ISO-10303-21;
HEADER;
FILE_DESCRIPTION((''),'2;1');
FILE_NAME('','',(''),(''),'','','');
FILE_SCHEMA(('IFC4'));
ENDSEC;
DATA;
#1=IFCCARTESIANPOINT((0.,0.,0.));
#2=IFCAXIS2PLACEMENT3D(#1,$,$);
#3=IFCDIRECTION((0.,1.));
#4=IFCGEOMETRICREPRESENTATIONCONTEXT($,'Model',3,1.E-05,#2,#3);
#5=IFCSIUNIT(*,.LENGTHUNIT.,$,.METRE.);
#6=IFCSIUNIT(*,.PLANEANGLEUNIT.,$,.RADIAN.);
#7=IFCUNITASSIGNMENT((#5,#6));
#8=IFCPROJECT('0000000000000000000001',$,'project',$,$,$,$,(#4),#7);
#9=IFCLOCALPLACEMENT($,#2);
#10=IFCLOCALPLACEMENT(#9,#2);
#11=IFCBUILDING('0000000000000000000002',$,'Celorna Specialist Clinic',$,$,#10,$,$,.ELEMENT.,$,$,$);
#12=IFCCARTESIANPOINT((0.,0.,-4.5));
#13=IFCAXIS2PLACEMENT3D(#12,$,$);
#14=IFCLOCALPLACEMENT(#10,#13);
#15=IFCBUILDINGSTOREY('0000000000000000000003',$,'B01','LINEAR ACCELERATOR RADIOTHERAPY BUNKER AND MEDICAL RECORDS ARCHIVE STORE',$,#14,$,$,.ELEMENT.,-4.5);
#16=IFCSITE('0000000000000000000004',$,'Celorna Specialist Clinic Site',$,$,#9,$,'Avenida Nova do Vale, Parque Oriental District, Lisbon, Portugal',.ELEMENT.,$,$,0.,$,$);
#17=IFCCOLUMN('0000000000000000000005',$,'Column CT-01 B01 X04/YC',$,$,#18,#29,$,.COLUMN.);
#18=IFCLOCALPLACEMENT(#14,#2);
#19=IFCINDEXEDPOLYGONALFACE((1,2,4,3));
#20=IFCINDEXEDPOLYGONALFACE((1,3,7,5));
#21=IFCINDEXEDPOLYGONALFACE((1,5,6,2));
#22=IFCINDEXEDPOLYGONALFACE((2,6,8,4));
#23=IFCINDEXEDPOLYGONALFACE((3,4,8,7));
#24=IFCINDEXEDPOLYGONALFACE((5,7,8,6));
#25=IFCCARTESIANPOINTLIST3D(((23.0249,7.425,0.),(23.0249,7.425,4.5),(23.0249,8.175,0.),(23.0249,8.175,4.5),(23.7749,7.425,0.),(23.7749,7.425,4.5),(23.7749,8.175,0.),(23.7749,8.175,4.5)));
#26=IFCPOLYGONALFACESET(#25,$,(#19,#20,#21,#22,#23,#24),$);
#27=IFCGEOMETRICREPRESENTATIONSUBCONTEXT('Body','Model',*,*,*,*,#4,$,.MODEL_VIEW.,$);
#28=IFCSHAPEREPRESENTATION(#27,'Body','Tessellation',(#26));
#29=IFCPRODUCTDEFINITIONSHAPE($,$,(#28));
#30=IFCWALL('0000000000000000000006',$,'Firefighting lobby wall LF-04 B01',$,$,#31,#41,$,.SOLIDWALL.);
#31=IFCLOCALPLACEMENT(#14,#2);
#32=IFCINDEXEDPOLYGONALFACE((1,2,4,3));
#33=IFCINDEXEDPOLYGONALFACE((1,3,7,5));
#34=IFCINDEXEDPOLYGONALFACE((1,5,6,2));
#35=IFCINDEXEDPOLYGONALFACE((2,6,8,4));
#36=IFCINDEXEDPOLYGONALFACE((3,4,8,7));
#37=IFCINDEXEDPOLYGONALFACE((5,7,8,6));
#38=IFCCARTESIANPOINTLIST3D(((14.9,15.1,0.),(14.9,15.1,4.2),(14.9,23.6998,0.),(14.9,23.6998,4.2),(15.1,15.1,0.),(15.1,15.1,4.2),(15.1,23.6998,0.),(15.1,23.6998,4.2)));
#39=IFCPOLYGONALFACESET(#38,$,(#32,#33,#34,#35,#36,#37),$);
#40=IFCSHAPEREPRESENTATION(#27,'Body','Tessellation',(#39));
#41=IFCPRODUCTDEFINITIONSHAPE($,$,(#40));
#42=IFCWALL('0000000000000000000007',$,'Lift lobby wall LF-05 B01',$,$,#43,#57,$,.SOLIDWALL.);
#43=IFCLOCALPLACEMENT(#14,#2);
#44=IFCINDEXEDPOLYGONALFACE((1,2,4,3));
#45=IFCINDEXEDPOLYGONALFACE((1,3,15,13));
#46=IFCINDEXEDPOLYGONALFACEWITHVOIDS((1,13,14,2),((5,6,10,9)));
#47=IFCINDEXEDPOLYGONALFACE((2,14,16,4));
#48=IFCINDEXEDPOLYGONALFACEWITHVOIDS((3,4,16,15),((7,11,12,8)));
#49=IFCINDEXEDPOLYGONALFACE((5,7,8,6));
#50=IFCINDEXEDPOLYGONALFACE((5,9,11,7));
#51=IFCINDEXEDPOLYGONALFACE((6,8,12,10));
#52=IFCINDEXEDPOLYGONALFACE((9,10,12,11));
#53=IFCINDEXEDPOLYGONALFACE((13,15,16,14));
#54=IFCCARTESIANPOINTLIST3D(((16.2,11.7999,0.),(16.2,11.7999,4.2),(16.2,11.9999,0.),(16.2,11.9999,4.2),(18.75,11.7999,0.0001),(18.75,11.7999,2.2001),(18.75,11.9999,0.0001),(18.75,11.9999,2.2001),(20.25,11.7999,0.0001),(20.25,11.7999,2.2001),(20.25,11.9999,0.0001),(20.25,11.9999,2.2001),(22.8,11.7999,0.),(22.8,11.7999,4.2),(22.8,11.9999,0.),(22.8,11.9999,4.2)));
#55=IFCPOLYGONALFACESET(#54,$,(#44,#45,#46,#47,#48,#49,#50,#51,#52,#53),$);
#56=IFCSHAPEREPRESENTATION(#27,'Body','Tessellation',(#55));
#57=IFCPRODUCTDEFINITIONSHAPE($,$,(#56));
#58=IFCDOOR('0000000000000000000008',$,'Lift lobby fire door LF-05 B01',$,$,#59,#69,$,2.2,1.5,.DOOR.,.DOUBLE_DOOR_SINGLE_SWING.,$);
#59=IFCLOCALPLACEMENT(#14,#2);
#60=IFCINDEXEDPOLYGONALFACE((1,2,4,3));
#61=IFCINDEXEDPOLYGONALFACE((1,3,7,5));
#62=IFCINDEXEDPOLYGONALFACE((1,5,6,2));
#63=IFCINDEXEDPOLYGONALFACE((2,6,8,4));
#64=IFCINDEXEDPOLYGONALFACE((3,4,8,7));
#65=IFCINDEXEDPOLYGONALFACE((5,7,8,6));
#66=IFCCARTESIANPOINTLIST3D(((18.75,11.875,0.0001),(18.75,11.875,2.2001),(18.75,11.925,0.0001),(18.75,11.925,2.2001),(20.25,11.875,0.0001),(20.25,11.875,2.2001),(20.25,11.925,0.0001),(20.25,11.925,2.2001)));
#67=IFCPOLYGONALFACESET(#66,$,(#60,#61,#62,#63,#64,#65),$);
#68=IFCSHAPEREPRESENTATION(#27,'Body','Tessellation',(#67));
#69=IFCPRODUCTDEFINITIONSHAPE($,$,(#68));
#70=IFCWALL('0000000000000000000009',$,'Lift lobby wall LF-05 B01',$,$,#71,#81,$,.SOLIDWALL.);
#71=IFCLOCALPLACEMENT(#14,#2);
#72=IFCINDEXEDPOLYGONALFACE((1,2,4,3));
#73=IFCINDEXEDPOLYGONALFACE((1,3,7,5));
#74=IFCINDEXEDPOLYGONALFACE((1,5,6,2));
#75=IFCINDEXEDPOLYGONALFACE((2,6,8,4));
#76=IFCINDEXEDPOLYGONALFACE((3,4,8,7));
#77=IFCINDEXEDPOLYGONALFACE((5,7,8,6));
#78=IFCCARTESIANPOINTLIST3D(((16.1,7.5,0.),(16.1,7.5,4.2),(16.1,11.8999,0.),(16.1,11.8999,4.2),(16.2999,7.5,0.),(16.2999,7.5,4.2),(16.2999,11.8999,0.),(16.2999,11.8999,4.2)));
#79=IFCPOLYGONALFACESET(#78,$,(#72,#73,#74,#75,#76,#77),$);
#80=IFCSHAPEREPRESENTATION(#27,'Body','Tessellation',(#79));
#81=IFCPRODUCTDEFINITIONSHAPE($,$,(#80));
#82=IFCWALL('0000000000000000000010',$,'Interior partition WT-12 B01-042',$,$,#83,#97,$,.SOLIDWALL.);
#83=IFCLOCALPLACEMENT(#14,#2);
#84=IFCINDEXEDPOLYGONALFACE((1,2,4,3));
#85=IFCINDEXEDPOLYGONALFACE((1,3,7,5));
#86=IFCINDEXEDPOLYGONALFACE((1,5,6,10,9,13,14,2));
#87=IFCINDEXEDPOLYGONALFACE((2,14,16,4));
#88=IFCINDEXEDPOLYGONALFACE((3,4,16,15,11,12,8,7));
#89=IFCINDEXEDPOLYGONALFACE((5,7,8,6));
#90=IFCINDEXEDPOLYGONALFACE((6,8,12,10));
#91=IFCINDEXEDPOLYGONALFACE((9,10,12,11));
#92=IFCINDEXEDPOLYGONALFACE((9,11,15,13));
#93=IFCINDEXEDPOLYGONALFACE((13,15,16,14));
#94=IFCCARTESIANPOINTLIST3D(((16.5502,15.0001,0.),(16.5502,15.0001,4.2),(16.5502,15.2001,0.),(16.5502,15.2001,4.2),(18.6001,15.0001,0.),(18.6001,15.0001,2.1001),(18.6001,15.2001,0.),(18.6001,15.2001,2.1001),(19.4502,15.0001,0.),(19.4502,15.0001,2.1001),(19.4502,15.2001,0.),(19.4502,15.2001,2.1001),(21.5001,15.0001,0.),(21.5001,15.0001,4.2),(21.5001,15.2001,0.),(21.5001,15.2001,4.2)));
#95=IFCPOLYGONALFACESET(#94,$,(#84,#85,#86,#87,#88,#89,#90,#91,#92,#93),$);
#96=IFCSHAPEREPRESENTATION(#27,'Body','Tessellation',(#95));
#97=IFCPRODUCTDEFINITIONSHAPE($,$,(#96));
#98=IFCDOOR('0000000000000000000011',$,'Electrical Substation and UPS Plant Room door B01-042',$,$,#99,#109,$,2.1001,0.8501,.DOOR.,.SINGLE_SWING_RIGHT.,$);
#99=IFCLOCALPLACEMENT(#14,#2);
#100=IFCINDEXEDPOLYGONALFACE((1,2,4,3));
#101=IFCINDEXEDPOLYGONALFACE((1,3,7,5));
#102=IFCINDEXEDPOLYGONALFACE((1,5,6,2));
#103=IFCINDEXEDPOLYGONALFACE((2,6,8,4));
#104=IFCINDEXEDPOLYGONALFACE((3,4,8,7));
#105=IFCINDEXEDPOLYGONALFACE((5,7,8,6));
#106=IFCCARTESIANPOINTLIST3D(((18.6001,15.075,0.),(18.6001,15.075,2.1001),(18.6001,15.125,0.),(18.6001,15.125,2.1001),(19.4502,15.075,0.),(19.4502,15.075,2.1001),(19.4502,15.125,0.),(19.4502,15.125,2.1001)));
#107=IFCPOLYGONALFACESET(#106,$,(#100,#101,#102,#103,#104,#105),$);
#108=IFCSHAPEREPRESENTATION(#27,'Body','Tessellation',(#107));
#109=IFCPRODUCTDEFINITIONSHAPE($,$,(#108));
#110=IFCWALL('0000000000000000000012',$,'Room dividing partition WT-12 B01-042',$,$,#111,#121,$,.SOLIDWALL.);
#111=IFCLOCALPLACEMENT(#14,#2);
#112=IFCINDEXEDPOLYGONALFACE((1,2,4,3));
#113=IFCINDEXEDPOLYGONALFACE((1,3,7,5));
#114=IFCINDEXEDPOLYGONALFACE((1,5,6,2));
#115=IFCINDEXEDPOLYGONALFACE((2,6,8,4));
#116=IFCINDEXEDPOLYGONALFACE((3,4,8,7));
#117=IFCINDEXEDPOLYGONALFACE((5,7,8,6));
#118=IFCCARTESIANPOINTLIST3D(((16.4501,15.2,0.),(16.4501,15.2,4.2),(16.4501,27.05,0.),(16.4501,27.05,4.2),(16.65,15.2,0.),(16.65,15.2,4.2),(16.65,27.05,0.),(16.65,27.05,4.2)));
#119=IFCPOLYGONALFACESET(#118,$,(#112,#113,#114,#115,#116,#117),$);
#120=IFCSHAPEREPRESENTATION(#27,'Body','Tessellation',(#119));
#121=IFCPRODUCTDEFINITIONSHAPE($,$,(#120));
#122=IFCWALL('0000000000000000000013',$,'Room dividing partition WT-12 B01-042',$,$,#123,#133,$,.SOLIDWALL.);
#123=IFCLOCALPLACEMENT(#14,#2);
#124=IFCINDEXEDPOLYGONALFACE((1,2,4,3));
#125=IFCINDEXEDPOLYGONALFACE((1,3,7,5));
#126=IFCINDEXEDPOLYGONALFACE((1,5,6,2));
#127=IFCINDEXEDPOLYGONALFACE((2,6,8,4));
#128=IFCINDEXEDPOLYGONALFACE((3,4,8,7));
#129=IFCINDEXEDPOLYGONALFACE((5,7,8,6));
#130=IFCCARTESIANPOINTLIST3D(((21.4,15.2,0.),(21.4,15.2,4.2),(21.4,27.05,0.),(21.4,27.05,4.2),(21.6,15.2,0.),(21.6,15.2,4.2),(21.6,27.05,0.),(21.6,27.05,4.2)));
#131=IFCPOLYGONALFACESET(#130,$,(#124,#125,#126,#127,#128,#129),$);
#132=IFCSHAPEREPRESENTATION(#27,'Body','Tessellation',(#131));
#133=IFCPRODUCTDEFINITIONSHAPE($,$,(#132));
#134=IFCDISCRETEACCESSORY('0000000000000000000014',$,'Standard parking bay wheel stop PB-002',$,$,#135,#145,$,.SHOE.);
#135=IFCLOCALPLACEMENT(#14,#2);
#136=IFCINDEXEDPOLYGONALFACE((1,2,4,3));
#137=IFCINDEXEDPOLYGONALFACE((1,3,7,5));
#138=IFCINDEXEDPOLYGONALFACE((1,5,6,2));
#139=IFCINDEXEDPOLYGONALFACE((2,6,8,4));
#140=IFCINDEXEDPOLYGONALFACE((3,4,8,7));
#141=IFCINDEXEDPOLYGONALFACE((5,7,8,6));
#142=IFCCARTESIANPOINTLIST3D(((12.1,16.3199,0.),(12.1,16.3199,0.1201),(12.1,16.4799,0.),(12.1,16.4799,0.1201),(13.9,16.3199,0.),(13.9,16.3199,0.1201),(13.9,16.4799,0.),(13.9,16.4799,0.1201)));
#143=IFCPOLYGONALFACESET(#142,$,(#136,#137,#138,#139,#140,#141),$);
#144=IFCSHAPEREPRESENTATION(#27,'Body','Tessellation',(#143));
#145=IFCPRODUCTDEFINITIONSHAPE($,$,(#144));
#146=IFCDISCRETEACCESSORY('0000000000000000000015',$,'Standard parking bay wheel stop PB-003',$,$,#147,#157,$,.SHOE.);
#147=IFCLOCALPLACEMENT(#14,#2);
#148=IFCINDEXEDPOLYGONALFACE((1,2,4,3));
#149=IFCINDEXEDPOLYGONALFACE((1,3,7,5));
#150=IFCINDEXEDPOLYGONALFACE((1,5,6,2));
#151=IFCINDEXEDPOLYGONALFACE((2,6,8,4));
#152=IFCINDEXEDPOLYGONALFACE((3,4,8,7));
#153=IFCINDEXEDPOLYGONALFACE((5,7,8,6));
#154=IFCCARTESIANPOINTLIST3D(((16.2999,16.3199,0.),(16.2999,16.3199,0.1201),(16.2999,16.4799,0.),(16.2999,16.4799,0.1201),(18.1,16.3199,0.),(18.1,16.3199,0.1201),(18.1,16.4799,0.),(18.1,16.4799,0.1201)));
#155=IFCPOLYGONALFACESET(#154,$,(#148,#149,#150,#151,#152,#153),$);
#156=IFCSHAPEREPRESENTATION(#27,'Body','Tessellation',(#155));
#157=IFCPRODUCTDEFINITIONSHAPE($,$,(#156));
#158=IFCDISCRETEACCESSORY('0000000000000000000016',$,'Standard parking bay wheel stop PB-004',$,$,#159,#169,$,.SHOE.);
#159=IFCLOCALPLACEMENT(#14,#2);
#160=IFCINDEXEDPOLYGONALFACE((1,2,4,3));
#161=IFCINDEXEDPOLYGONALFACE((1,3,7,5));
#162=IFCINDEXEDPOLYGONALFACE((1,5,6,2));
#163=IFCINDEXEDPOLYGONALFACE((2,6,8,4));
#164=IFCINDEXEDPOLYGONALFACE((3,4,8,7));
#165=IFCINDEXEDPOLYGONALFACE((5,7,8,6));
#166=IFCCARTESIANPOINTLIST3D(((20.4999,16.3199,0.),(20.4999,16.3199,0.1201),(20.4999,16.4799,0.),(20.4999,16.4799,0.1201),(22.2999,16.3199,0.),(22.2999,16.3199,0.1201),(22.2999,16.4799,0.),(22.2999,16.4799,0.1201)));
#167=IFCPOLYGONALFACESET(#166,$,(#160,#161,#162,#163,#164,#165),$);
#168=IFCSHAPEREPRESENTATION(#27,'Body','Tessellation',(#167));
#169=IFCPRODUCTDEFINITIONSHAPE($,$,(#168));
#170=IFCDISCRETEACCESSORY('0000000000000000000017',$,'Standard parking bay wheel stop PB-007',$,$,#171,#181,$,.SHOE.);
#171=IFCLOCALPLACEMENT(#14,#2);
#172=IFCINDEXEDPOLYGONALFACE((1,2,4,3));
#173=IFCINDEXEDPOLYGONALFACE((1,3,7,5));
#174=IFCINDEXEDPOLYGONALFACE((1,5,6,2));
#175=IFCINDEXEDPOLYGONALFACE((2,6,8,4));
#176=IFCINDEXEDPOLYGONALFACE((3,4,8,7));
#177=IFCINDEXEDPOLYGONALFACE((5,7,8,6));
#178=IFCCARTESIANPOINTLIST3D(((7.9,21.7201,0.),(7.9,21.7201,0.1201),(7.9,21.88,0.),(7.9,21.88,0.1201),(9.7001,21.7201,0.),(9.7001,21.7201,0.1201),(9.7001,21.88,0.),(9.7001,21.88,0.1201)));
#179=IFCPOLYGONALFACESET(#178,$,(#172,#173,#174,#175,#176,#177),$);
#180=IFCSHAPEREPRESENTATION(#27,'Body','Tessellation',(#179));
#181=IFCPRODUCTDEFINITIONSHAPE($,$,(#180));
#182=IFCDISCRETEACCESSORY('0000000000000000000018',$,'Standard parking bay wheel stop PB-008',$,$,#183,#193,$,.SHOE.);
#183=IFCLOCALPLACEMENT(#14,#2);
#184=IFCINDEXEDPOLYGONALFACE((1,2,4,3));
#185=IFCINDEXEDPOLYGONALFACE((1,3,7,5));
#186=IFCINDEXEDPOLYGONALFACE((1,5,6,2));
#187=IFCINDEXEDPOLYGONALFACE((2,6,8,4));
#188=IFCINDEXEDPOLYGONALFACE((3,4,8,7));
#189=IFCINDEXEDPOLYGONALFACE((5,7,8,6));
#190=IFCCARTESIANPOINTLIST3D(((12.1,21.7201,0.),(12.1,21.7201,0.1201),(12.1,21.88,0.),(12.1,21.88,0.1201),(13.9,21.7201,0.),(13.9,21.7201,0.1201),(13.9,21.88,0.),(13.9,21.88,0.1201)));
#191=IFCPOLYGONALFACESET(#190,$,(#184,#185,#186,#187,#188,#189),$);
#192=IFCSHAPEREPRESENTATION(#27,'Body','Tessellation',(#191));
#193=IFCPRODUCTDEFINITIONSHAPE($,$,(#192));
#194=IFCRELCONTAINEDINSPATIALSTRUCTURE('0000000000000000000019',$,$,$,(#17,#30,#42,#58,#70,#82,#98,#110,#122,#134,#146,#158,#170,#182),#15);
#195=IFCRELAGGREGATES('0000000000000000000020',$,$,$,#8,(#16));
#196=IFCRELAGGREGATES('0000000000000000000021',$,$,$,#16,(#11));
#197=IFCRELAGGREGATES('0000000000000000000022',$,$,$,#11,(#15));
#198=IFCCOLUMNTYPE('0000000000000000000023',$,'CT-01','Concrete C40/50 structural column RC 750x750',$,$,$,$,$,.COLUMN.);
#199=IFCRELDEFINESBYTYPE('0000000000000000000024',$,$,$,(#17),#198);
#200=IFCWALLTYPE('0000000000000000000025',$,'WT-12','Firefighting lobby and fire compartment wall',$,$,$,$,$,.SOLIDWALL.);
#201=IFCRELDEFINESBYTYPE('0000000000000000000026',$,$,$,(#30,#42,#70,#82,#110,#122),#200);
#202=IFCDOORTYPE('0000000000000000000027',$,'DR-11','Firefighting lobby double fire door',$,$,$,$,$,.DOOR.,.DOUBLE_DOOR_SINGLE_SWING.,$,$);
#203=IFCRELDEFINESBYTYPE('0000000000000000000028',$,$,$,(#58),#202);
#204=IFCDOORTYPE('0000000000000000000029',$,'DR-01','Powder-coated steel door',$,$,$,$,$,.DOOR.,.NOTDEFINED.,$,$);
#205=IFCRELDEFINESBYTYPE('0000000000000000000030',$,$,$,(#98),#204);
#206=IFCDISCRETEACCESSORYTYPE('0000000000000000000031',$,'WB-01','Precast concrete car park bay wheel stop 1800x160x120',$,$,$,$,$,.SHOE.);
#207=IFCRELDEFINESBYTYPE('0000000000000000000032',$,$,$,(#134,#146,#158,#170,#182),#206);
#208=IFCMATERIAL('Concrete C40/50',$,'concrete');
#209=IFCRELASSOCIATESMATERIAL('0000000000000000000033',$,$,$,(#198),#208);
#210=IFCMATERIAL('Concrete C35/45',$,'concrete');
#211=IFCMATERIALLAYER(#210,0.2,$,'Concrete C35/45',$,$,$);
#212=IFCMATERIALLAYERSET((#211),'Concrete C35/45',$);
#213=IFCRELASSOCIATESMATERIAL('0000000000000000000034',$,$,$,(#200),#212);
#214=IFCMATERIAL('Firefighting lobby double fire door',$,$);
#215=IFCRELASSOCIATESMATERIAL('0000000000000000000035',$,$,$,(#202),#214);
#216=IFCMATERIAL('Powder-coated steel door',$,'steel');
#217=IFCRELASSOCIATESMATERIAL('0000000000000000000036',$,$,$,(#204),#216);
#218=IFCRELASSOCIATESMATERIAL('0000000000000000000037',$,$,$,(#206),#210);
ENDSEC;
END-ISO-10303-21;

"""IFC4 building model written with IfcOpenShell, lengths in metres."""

from ifc_helpers import new_model, si_unit, direction, frame, frame_2d, origin, origin_2d, place, context, subcontext, project, spatial, rectangle, extrude, material, layer, layer_set, material_profile, profile_set, type_object, element, fill, save


model = new_model("IFC4")

# Units and contexts
model_context = context("Model", 3, precision=1e-05, world=origin(), true_north=direction((0.0, 1.0)))
body_context = subcontext(model_context, "Body", "Model", "MODEL_VIEW")
ifc_project = project(units=[si_unit("LENGTHUNIT", "METRE"), si_unit("PLANEANGLEUNIT", "RADIAN")], contexts=[model_context])

# Site, building, storey
site_placement = place(None, origin())
site = spatial("IfcSite", under=ifc_project, at=site_placement, Name="Celorna Specialist Clinic Site", LongName="Avenida Nova do Vale, Parque Oriental District, Lisbon, Portugal", CompositionType="ELEMENT", RefElevation=0.0)
building_placement = place(site_placement, origin())
building = spatial("IfcBuilding", under=site, at=building_placement, Name="Celorna Specialist Clinic", CompositionType="ELEMENT")
storey_placement = place(building_placement, frame((0.0, 0.0, -4.5)))
storey = spatial("IfcBuildingStorey", under=building, at=storey_placement, Name="B01", Description="LINEAR ACCELERATOR RADIOTHERAPY BUNKER AND MEDICAL RECORDS ARCHIVE STORE", CompositionType="ELEMENT", Elevation=-4.5)

# Shared definitions
ifc_material_1 = material(Name="Concrete C35/45", Category="concrete")

# Column
ifc_material_2 = material(Name="Concrete C40/50", Category="concrete")
ifc_material_profile_1 = material_profile(ifc_material_2, rectangle(XDim=0.75, YDim=0.75, at=origin_2d()), Name="RC 750x750")
ifc_profile_set_1 = profile_set([ifc_material_profile_1], Name="Concrete C40/50")
column_type = type_object("IfcColumnType", Name="CT-01", Description="Concrete C40/50 structural column RC 750x750", PredefinedType="COLUMN", material=ifc_profile_set_1)
for number, where, z_axis, x_axis, name in (
    (1, (23.3999, 7.8, 0.0), (0.0, 0.0, 1.0), (1.0, 0.0, 0.0), "Column CT-01 B01 X04/YC"),
):
    element("IfcColumn", number, at=place(storey_placement, frame(where, z_axis=z_axis, x_axis=x_axis)), inside=storey, type_object=column_type, Name=name, PredefinedType="COLUMN", context=body_context, shape_type="SweptSolid", body=[
        extrude(rectangle(XDim=0.75, YDim=0.75, at=origin_2d()), origin(), (0.0, 0.0, 1.0), 4.5),
    ])

# Wall
ifc_layer = layer(ifc_material_1, 0.2, Name="Concrete C35/45")
ifc_layer_set = layer_set([ifc_layer], Name="Concrete C35/45")
wall_type = type_object("IfcWallType", Name="WT-12", Description="Firefighting lobby and fire compartment wall", PredefinedType="SOLIDWALL", material=ifc_layer_set)
wall_1_placement = place(storey_placement, frame((15.0, 15.1001, 0.0), z_axis=(0.0, 0.0, 1.0), x_axis=(0.0, 1.0, 0.0)))
element("IfcWall", 2, at=wall_1_placement, inside=storey, type_object=wall_type, Name="Firefighting lobby wall LF-04 B01", PredefinedType="SOLIDWALL", context=body_context, shape_type="SweptSolid", body=[
    extrude(rectangle(XDim=8.5999, YDim=0.2, at=frame_2d((4.2998, 0.0))), origin(), (0.0, 0.0, 1.0), 4.2),
])

# Wall, opening, door
wall_2_placement = place(storey_placement, frame((22.8, 11.8999, 0.0), z_axis=(0.0, 0.0, 1.0), x_axis=(-1.0, 0.0, 0.0)))
wall_2 = element("IfcWall", 3, at=wall_2_placement, inside=storey, type_object=wall_type, Name="Lift lobby wall LF-05 B01", PredefinedType="SOLIDWALL", context=body_context, shape_type="SweptSolid", body=[
    extrude(rectangle(XDim=6.6001, YDim=0.2, at=frame_2d((3.3, 0.0))), origin(), (0.0, 0.0, 1.0), 4.2),
])
opening_1_placement = place(wall_2_placement, frame((2.55, 0.0, 0.0)))
opening_1 = element("IfcOpeningElement", 4, at=opening_1_placement, cuts=wall_2, PredefinedType="OPENING", context=body_context, shape_type="SweptSolid", body=[
    extrude(rectangle(XDim=1.5, YDim=2.2, at=frame_2d((0.75, 1.1001))), frame((0.0, 0.1099, 0.0), z_axis=(0.0, -1.0, 0.0), x_axis=(1.0, 0.0, 0.0)), (0.0, 0.0, 1.0), 0.22),
])
ifc_material_3 = material(Name="Firefighting lobby double fire door")
door_type_1 = type_object("IfcDoorType", Name="DR-11", Description="Firefighting lobby double fire door", OperationType="DOUBLE_DOOR_SINGLE_SWING", PredefinedType="DOOR", material=ifc_material_3)
door_1_placement = place(opening_1_placement, origin())
door_1 = element("IfcDoor", 5, at=door_1_placement, inside=storey, type_object=door_type_1, Name="Lift lobby fire door LF-05 B01", OperationType="DOUBLE_DOOR_SINGLE_SWING", OverallHeight=2.2, OverallWidth=1.5, PredefinedType="DOOR", context=body_context, shape_type="SweptSolid", body=[
    extrude(rectangle(XDim=1.5, YDim=2.2, at=frame_2d((0.75, 1.1001))), frame((0.0, 0.0249, 0.0), z_axis=(0.0, -1.0, 0.0), x_axis=(1.0, 0.0, 0.0)), (0.0, 0.0, 1.0), 0.05),
])
fill(opening_1, door_1)

# Wall
wall_3_placement = place(storey_placement, frame((16.2, 11.8999, 0.0), z_axis=(0.0, 0.0, 1.0), x_axis=(0.0, -1.0, 0.0)))
element("IfcWall", 6, at=wall_3_placement, inside=storey, type_object=wall_type, Name="Lift lobby wall LF-05 B01", PredefinedType="SOLIDWALL", context=body_context, shape_type="SweptSolid", body=[
    extrude(rectangle(XDim=4.3999, YDim=0.2, at=frame_2d((2.2, 0.0))), origin(), (0.0, 0.0, 1.0), 4.2),
])

# Wall, opening, door
wall_4_placement = place(storey_placement, frame((16.55, 15.1001, 0.0), z_axis=(0.0, 0.0, 1.0), x_axis=(1.0, 0.0, 0.0)))
wall_4 = element("IfcWall", 7, at=wall_4_placement, inside=storey, type_object=wall_type, Name="Interior partition WT-12 B01-042", PredefinedType="SOLIDWALL", context=body_context, shape_type="SweptSolid", body=[
    extrude(rectangle(XDim=4.95, YDim=0.2, at=frame_2d((2.4751, 0.0))), origin(), (0.0, 0.0, 1.0), 4.2),
])
opening_2_placement = place(wall_4_placement, frame((2.05, 0.0, 0.0)))
opening_2 = element("IfcOpeningElement", 8, at=opening_2_placement, cuts=wall_4, PredefinedType="OPENING", context=body_context, shape_type="SweptSolid", body=[
    extrude(rectangle(XDim=0.8501, YDim=2.1001, at=frame_2d((0.425, 1.05))), frame((0.0, 0.1099, 0.0), z_axis=(0.0, -1.0, 0.0), x_axis=(1.0, 0.0, 0.0)), (0.0, 0.0, 1.0), 0.22),
])
ifc_material_4 = material(Name="Powder-coated steel door", Category="steel")
door_type_2 = type_object("IfcDoorType", Name="DR-01", Description="Powder-coated steel door", OperationType="NOTDEFINED", PredefinedType="DOOR", material=ifc_material_4)
door_2_placement = place(opening_2_placement, origin())
door_2 = element("IfcDoor", 9, at=door_2_placement, inside=storey, type_object=door_type_2, Name="Electrical Substation and UPS Plant Room door B01-042", OperationType="SINGLE_SWING_RIGHT", OverallHeight=2.1001, OverallWidth=0.8501, PredefinedType="DOOR", context=body_context, shape_type="SweptSolid", body=[
    extrude(rectangle(XDim=0.8501, YDim=2.1001, at=frame_2d((0.425, 1.05))), frame((0.0, 0.0249, 0.0), z_axis=(0.0, -1.0, 0.0), x_axis=(1.0, 0.0, 0.0)), (0.0, 0.0, 1.0), 0.05),
])
fill(opening_2, door_2)

# Walls
for number, where, z_axis, x_axis, name in (
    (10, (16.55, 15.2, 0.0), (0.0, 0.0, 1.0), (0.0, 1.0, 0.0), "Room dividing partition WT-12 B01-042"),
    (11, (21.5, 15.2, 0.0), (0.0, 0.0, 1.0), (0.0, 1.0, 0.0), "Room dividing partition WT-12 B01-042"),
):
    element("IfcWall", number, at=place(storey_placement, frame(where, z_axis=z_axis, x_axis=x_axis)), inside=storey, type_object=wall_type, Name=name, PredefinedType="SOLIDWALL", context=body_context, shape_type="SweptSolid", body=[
        extrude(rectangle(XDim=11.8501, YDim=0.2, at=frame_2d((5.925, 0.0))), origin(), (0.0, 0.0, 1.0), 4.2),
    ])

# Discrete accessories
discrete_accessory_type = type_object("IfcDiscreteAccessoryType", Name="WB-01", Description="Precast concrete car park bay wheel stop 1800x160x120", PredefinedType="SHOE", material=ifc_material_1)
for number, where, z_axis, x_axis, name in (
    (12, (13.0, 16.3999, 0.0), (0.0, 0.0, 1.0), (1.0, 0.0, 0.0), "Standard parking bay wheel stop PB-002"),
    (13, (17.2, 16.3999, 0.0), (0.0, 0.0, 1.0), (1.0, 0.0, 0.0), "Standard parking bay wheel stop PB-003"),
    (14, (21.3999, 16.3999, 0.0), (0.0, 0.0, 1.0), (1.0, 0.0, 0.0), "Standard parking bay wheel stop PB-004"),
    (15, (8.8, 21.8, 0.0), (0.0, 0.0, 1.0), (1.0, 0.0, 0.0), "Standard parking bay wheel stop PB-007"),
    (16, (13.0, 21.8, 0.0), (0.0, 0.0, 1.0), (1.0, 0.0, 0.0), "Standard parking bay wheel stop PB-008"),
):
    element("IfcDiscreteAccessory", number, at=place(storey_placement, frame(where, z_axis=z_axis, x_axis=x_axis)), inside=storey, type_object=discrete_accessory_type, Name=name, PredefinedType="SHOE", context=body_context, shape_type="SweptSolid", body=[
        extrude(rectangle(XDim=1.8, YDim=0.1599, at=origin_2d()), origin(), (0.0, 0.0, 1.0), 0.1201),
    ])

save(model, "model.ifc")
